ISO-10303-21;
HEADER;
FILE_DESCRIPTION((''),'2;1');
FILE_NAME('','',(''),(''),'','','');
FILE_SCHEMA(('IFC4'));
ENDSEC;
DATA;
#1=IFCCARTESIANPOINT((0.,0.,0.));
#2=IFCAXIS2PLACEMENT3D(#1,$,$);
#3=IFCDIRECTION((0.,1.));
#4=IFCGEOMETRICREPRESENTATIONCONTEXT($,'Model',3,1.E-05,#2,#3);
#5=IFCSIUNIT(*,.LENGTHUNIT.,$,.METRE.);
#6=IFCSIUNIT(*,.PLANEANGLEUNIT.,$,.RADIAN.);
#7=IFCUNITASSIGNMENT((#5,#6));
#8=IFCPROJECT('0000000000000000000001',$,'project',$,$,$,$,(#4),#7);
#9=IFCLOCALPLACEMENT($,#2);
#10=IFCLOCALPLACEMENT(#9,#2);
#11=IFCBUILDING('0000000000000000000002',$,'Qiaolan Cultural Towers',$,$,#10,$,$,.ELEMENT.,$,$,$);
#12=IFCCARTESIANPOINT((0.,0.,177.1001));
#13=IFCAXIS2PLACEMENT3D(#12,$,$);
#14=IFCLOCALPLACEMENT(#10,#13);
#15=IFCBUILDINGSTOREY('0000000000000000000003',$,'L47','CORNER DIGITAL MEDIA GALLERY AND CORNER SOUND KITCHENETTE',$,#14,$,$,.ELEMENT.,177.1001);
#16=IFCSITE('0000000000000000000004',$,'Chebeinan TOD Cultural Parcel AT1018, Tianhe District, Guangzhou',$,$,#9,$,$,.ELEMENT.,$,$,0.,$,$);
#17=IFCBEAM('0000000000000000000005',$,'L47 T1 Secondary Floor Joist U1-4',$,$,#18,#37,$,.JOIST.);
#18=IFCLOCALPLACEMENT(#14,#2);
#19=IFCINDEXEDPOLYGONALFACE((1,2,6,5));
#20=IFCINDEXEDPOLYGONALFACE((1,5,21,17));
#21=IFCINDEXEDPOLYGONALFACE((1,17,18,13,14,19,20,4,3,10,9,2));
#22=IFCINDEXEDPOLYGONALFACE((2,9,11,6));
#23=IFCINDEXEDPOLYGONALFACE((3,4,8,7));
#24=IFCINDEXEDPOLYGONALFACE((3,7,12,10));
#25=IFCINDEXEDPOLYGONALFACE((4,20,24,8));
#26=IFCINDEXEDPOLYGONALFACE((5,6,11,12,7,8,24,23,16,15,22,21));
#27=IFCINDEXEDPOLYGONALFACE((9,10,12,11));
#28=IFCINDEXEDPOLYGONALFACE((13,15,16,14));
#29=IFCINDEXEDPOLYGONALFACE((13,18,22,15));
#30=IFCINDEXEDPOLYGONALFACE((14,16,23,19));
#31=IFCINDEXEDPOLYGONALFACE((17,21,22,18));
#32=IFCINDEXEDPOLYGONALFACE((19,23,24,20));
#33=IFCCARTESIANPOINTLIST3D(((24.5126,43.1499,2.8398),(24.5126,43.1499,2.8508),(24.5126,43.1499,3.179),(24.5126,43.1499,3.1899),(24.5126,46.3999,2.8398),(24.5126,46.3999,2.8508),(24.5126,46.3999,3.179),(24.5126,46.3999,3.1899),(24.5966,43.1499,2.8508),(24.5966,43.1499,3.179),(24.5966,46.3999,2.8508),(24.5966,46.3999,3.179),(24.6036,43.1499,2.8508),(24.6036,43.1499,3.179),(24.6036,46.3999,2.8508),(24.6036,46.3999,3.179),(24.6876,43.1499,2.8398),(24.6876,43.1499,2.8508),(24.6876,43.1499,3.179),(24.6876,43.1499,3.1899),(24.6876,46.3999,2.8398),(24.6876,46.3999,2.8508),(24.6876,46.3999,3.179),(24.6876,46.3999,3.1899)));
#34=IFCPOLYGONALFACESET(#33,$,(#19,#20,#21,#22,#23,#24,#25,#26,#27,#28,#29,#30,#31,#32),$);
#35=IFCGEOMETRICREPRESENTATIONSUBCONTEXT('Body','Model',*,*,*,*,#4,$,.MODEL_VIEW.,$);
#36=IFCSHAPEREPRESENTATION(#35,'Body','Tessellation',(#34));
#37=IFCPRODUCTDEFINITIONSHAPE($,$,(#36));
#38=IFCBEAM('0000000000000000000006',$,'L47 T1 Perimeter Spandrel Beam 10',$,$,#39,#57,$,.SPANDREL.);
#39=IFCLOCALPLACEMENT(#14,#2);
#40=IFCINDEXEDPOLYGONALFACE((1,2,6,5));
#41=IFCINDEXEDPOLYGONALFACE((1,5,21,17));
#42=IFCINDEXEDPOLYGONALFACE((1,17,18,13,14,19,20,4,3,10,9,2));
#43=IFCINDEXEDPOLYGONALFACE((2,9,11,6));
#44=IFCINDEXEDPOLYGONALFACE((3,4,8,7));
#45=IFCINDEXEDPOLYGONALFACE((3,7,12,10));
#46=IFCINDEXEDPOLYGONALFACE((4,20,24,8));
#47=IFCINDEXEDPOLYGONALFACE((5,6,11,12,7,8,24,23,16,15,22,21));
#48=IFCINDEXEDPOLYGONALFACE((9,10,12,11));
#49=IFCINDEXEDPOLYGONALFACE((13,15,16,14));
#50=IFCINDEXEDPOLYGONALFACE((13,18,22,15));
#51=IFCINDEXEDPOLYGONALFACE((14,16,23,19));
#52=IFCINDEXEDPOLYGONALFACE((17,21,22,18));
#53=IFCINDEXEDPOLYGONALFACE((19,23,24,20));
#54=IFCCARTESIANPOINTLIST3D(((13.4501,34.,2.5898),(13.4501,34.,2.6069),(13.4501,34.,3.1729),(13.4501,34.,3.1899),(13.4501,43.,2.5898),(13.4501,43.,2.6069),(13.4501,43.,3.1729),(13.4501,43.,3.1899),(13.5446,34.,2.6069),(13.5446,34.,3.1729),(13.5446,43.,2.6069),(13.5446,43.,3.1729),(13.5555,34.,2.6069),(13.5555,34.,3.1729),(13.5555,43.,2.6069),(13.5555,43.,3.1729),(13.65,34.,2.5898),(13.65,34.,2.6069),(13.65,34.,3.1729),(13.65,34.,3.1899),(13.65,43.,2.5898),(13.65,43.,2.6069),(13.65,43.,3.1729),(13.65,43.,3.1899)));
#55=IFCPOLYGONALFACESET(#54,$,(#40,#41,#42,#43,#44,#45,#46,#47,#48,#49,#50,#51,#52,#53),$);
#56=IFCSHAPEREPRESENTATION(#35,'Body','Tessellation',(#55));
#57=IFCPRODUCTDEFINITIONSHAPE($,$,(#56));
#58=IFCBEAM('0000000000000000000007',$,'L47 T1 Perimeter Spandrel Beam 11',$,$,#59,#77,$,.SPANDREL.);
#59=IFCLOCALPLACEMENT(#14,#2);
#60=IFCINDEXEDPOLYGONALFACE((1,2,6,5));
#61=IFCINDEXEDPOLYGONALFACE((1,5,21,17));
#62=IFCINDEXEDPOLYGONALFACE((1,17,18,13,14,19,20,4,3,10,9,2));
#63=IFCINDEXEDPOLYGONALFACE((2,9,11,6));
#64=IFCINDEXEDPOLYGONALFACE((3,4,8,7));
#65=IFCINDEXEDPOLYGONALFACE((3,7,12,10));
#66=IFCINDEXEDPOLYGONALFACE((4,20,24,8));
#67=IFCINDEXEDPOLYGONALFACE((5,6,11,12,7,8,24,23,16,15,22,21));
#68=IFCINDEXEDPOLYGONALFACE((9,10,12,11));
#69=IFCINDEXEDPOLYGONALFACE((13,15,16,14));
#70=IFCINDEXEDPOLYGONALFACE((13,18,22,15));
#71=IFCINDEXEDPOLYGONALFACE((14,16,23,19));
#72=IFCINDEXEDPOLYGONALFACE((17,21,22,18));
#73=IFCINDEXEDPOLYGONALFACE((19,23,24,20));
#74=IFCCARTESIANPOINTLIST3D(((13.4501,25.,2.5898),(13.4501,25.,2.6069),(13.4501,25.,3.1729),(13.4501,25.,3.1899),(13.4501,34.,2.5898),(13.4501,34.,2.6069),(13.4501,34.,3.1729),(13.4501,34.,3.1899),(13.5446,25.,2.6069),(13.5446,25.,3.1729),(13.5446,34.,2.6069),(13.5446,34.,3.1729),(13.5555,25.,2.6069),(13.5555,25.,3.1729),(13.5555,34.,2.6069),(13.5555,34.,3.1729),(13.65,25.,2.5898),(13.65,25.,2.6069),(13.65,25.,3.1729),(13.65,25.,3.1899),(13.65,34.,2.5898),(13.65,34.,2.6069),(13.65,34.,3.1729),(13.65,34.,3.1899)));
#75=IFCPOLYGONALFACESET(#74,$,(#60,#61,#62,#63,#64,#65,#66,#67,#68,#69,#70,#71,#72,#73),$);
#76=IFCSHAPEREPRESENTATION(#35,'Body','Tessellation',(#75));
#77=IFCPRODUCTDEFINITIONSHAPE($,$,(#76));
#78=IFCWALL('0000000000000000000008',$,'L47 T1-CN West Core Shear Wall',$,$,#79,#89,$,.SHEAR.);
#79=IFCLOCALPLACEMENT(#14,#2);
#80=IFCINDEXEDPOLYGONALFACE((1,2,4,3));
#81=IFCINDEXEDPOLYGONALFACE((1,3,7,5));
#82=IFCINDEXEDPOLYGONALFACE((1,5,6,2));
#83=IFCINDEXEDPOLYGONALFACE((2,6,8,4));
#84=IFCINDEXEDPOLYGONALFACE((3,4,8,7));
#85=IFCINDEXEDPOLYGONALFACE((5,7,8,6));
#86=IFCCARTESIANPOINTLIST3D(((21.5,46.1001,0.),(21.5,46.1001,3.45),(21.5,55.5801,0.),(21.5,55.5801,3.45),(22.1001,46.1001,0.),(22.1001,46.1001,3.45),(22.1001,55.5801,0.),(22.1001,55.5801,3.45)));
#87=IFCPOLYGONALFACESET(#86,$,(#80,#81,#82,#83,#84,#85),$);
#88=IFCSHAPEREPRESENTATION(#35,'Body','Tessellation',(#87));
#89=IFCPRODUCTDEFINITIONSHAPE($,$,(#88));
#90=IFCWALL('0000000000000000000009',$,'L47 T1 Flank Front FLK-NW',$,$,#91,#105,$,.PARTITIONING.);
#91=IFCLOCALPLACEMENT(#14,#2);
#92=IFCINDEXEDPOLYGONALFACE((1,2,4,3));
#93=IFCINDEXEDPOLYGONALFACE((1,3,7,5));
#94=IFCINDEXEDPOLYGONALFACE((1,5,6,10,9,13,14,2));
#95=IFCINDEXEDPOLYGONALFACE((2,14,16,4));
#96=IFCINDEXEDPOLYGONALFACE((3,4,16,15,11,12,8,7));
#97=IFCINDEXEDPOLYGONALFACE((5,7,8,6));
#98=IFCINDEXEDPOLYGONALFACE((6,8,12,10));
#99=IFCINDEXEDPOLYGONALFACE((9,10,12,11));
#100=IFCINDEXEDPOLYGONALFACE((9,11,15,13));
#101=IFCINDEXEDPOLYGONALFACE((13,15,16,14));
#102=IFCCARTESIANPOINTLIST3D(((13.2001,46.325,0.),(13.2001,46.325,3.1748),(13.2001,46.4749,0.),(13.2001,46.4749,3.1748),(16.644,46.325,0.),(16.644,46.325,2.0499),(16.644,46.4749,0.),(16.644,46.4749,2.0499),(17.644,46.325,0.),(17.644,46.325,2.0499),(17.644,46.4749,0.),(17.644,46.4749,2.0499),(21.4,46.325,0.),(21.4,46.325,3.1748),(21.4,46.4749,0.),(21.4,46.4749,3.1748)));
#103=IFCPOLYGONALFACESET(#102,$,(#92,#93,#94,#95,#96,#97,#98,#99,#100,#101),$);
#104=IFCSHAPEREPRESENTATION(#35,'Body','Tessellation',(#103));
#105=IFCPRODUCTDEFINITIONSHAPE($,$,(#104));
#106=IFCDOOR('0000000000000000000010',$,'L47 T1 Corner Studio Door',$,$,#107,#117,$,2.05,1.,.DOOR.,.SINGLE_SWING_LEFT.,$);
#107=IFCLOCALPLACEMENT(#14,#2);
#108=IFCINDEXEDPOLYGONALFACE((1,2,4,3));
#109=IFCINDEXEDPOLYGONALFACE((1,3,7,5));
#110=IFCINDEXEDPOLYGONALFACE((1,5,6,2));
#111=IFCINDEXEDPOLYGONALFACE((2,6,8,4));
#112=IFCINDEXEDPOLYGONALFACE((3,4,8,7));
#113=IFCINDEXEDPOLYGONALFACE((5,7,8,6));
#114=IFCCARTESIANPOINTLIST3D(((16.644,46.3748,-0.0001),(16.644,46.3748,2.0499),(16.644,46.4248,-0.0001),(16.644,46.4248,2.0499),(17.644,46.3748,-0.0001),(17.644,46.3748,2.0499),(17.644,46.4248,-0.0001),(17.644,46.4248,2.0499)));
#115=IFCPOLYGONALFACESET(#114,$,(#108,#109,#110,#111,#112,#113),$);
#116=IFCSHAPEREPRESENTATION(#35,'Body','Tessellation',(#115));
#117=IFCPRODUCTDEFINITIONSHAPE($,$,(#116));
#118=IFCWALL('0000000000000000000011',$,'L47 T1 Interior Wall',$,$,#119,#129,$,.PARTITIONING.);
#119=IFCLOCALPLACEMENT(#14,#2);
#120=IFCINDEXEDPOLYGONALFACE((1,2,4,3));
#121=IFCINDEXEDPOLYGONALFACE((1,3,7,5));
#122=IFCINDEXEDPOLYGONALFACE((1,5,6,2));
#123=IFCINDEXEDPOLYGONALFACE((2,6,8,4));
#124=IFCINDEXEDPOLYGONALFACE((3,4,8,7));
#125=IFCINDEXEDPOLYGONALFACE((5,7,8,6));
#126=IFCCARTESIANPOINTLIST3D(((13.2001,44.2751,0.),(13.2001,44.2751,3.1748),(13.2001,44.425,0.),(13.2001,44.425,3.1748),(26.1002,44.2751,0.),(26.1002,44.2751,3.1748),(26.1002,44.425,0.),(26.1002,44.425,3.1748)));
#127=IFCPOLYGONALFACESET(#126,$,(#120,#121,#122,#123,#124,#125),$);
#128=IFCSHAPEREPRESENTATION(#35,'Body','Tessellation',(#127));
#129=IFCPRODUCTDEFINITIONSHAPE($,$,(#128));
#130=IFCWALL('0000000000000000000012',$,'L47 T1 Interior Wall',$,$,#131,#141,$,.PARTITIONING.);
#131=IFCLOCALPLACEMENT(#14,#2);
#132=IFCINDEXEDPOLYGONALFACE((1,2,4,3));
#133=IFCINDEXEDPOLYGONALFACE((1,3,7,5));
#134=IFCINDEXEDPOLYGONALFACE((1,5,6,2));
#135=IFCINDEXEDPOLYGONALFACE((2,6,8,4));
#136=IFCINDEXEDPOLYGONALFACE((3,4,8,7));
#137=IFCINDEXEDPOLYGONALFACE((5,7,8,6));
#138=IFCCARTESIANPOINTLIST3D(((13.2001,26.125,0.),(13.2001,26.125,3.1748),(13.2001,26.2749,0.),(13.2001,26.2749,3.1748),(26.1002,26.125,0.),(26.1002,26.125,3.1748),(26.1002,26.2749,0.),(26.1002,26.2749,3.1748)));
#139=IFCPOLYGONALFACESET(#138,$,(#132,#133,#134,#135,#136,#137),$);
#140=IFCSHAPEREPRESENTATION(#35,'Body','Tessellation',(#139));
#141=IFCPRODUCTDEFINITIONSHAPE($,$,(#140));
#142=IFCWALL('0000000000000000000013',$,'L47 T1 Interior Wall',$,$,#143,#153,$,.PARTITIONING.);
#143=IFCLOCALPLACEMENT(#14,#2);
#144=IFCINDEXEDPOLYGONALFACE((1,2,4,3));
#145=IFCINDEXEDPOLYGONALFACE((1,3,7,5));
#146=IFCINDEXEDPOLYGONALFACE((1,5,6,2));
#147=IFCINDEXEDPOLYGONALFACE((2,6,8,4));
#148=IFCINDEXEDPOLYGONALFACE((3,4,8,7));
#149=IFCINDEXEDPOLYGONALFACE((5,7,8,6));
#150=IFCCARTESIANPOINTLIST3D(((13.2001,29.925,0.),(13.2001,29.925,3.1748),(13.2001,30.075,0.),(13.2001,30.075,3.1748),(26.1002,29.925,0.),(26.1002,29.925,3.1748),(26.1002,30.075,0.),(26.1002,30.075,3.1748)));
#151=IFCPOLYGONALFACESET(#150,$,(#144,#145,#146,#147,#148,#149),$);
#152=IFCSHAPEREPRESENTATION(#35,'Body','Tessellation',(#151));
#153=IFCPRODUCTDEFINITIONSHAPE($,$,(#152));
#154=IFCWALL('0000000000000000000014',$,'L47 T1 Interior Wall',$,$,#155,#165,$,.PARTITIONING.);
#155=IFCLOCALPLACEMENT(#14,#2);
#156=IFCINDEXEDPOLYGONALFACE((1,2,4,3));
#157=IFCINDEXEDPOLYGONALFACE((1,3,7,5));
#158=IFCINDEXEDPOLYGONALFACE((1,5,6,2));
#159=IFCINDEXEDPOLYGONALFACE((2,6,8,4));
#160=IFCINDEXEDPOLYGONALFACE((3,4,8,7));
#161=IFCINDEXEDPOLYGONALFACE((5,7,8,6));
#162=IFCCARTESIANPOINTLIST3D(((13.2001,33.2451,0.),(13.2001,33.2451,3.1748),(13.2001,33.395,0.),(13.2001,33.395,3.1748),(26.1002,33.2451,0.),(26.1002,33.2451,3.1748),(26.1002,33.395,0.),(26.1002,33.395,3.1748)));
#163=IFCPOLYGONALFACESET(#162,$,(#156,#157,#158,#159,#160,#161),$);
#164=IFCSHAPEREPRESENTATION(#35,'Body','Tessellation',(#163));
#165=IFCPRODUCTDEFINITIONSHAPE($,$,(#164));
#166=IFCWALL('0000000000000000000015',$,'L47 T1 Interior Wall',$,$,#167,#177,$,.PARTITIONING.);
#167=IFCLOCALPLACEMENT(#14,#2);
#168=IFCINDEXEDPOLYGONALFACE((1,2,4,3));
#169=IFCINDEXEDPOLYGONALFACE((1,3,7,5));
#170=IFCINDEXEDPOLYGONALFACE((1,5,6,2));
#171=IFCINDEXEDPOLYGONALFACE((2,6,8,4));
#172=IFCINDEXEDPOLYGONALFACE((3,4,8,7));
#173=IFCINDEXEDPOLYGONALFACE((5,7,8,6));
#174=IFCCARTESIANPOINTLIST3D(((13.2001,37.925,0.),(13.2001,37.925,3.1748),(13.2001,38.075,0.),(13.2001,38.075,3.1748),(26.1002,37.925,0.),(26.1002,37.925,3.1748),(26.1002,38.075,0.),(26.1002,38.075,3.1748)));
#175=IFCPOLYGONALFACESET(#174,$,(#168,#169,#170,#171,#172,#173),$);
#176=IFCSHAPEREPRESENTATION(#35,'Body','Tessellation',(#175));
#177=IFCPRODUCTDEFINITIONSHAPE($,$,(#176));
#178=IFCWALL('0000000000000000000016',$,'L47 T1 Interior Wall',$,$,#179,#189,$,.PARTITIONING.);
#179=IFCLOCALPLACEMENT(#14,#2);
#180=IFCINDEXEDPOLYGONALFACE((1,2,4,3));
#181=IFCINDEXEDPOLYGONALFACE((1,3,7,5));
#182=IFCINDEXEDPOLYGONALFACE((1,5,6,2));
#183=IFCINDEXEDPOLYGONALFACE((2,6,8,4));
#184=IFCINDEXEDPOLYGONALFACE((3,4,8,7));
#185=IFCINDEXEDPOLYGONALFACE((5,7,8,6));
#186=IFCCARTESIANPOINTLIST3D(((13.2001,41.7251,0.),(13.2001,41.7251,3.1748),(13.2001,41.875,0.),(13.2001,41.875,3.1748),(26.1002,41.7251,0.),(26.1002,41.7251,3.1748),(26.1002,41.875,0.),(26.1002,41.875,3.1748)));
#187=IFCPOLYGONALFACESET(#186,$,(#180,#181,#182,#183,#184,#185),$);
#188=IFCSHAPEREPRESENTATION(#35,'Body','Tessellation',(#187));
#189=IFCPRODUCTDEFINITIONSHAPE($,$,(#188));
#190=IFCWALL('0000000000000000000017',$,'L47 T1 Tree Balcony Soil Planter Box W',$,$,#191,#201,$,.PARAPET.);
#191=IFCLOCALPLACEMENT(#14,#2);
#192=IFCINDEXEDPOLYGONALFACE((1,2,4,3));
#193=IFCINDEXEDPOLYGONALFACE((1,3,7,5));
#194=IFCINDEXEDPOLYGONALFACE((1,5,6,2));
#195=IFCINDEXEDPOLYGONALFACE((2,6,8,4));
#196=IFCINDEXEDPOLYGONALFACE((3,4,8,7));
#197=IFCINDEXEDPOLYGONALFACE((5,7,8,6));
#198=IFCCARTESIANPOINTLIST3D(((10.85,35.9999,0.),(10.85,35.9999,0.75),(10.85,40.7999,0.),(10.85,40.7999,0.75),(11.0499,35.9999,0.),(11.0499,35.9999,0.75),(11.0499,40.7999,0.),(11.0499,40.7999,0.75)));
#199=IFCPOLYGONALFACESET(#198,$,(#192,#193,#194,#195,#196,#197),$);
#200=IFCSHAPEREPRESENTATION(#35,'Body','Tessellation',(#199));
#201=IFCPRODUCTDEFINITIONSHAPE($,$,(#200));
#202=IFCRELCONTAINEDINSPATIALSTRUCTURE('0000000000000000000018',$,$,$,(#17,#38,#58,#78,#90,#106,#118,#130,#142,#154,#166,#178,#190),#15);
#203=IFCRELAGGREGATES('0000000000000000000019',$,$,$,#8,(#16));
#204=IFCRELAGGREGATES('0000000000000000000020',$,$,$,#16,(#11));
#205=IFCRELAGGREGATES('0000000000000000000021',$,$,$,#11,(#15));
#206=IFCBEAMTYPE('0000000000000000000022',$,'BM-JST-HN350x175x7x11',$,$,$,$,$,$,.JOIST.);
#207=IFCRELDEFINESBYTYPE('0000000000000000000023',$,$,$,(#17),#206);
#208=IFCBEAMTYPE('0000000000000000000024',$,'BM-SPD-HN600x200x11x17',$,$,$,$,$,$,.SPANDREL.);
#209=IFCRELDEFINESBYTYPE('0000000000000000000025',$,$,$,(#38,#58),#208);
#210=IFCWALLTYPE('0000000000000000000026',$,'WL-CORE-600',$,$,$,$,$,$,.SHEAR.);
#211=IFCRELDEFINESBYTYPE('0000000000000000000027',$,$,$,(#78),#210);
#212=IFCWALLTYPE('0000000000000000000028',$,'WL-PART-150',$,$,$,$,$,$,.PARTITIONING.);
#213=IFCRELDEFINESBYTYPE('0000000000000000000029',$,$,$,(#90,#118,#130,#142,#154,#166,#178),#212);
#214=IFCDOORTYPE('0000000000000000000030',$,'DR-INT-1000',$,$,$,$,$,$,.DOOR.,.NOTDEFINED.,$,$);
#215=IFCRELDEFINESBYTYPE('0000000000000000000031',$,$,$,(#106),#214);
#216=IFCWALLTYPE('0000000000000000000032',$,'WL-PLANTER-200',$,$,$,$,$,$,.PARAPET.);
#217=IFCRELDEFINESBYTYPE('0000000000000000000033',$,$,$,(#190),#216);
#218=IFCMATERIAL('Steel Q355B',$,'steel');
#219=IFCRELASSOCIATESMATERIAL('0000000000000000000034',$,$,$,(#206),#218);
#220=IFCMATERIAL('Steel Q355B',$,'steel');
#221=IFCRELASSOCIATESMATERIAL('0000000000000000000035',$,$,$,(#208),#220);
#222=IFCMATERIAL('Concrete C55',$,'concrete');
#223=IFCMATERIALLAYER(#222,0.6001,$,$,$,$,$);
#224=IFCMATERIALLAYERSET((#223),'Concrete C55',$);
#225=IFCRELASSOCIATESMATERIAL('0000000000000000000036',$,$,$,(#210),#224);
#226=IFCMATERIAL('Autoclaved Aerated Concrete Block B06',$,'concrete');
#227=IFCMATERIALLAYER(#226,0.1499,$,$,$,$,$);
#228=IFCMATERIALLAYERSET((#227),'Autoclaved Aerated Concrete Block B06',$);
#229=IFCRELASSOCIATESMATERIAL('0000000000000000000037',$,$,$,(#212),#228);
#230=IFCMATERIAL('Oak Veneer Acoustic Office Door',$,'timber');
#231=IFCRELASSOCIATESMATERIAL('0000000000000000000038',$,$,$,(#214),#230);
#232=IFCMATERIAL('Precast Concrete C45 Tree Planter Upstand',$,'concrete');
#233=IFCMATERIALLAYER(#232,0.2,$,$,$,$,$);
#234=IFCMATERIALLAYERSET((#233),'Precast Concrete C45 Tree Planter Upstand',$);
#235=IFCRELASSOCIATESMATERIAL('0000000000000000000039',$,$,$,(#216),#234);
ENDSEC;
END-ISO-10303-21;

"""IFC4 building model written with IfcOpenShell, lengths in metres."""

from ifc_helpers import new_model, si_unit, direction, frame, frame_2d, origin, origin_2d, place, context, subcontext, project, spatial, rectangle, i_section, extrude, material, layer, layer_set, material_profile, profile_set, type_object, element, fill, save


model = new_model("IFC4")

# Units and contexts
model_context = context("Model", 3, precision=1e-05, world=origin(), true_north=direction((0.0, 1.0)))
body_context = subcontext(model_context, "Body", "Model", "MODEL_VIEW")
ifc_project = project(units=[si_unit("LENGTHUNIT", "METRE"), si_unit("PLANEANGLEUNIT", "RADIAN")], contexts=[model_context])

# Site, building, storey
site_placement = place(None, origin())
site = spatial("IfcSite", under=ifc_project, at=site_placement, Name="Chebeinan TOD Cultural Parcel AT1018, Tianhe District, Guangzhou", CompositionType="ELEMENT", RefElevation=0.0)
building_placement = place(site_placement, origin())
building = spatial("IfcBuilding", under=site, at=building_placement, Name="Qiaolan Cultural Towers", CompositionType="ELEMENT")
storey_placement = place(building_placement, frame((0.0, 0.0, 177.1001)))
storey = spatial("IfcBuildingStorey", under=building, at=storey_placement, Name="L47", Description="CORNER DIGITAL MEDIA GALLERY AND CORNER SOUND KITCHENETTE", CompositionType="ELEMENT", Elevation=177.1001)

# Beams
ifc_material_1 = material(Name="Steel Q355B", Category="steel")
ifc_material_profile_1 = material_profile(ifc_material_1, i_section(OverallWidth=0.175, OverallDepth=0.3501, WebThickness=0.0071, FlangeThickness=0.011, at=origin_2d()), Name="HN350x175x7x11")
ifc_profile_set_1 = profile_set([ifc_material_profile_1], Name="Steel Q355B")
beam_type_1 = type_object("IfcBeamType", Name="BM-JST-HN350x175x7x11", PredefinedType="JOIST", material=ifc_profile_set_1)
beam_1_placement = place(storey_placement, frame((24.6001, 43.1499, 3.0149), z_axis=(0.0, 1.0, 0.0), x_axis=(-1.0, 0.0, 0.0)))
element("IfcBeam", 1, at=beam_1_placement, inside=storey, type_object=beam_type_1, Name="L47 T1 Secondary Floor Joist U1-4", PredefinedType="JOIST", context=body_context, shape_type="SweptSolid", body=[
    extrude(i_section(OverallWidth=0.175, OverallDepth=0.3501, WebThickness=0.0071, FlangeThickness=0.011, at=origin_2d()), origin(), (0.0, 0.0, 1.0), 3.25),
])
ifc_material_2 = material(Name="Steel Q355B", Category="steel")
ifc_material_profile_2 = material_profile(ifc_material_2, i_section(OverallWidth=0.2, OverallDepth=0.6001, WebThickness=0.011, FlangeThickness=0.0171, at=origin_2d()), Name="HN600x200x11x17")
ifc_profile_set_2 = profile_set([ifc_material_profile_2], Name="Steel Q355B")
beam_type_2 = type_object("IfcBeamType", Name="BM-SPD-HN600x200x11x17", PredefinedType="SPANDREL", material=ifc_profile_set_2)
for number, where, z_axis, x_axis, name in (
    (2, (13.55, 43.0, 2.8899), (0.0, -1.0, 0.0), (1.0, 0.0, 0.0), "L47 T1 Perimeter Spandrel Beam 10"),
    (3, (13.55, 34.0, 2.8899), (0.0, -1.0, 0.0), (1.0, 0.0, 0.0), "L47 T1 Perimeter Spandrel Beam 11"),
):
    element("IfcBeam", number, at=place(storey_placement, frame(where, z_axis=z_axis, x_axis=x_axis)), inside=storey, type_object=beam_type_2, Name=name, PredefinedType="SPANDREL", context=body_context, shape_type="SweptSolid", body=[
        extrude(i_section(OverallWidth=0.2, OverallDepth=0.6001, WebThickness=0.011, FlangeThickness=0.0171, at=origin_2d()), origin(), (0.0, 0.0, 1.0), 9.0),
    ])

# Wall
ifc_material_3 = material(Name="Concrete C55", Category="concrete")
ifc_layer_1 = layer(ifc_material_3, 0.6001)
ifc_layer_set_1 = layer_set([ifc_layer_1], Name="Concrete C55")
wall_type_1 = type_object("IfcWallType", Name="WL-CORE-600", PredefinedType="SHEAR", material=ifc_layer_set_1)
wall_1_placement = place(storey_placement, frame((21.8, 46.1001, 0.0), z_axis=(0.0, 0.0, 1.0), x_axis=(0.0, 1.0, 0.0)))
element("IfcWall", 4, at=wall_1_placement, inside=storey, type_object=wall_type_1, Name="L47 T1-CN West Core Shear Wall", PredefinedType="SHEAR", context=body_context, shape_type="SweptSolid", body=[
    extrude(rectangle(XDim=9.48, YDim=0.6001, at=frame_2d((4.74, 0.0))), origin(), (0.0, 0.0, 1.0), 3.45),
])

# Wall, opening, door
ifc_material_4 = material(Name="Autoclaved Aerated Concrete Block B06", Category="concrete")
ifc_layer_2 = layer(ifc_material_4, 0.1499)
ifc_layer_set_2 = layer_set([ifc_layer_2], Name="Autoclaved Aerated Concrete Block B06")
wall_type_2 = type_object("IfcWallType", Name="WL-PART-150", PredefinedType="PARTITIONING", material=ifc_layer_set_2)
wall_2_placement = place(storey_placement, frame((13.2, 46.3999, 0.0), z_axis=(0.0, 0.0, 1.0), x_axis=(1.0, 0.0, 0.0)))
wall_2 = element("IfcWall", 5, at=wall_2_placement, inside=storey, type_object=wall_type_2, Name="L47 T1 Flank Front FLK-NW", PredefinedType="PARTITIONING", context=body_context, shape_type="SweptSolid", body=[
    extrude(rectangle(XDim=8.2, YDim=0.1499, at=frame_2d((4.1001, 0.0))), origin(), (0.0, 0.0, 1.0), 3.1748),
])
opening_placement = place(wall_2_placement, frame((3.4441, 0.0, 0.0)))
opening = element("IfcOpeningElement", 6, at=opening_placement, cuts=wall_2, PredefinedType="OPENING", context=body_context, shape_type="SweptSolid", body=[
    extrude(rectangle(XDim=1.0, YDim=2.05, at=frame_2d((0.5, 1.0249))), frame((0.0, 0.085, 0.0), z_axis=(0.0, -1.0, 0.0), x_axis=(1.0, 0.0, 0.0)), (0.0, 0.0, 1.0), 0.1699),
])
ifc_material_5 = material(Name="Oak Veneer Acoustic Office Door", Category="timber")
door_type = type_object("IfcDoorType", Name="DR-INT-1000", OperationType="NOTDEFINED", PredefinedType="DOOR", material=ifc_material_5)
door_placement = place(opening_placement, origin())
door = element("IfcDoor", 7, at=door_placement, inside=storey, type_object=door_type, Name="L47 T1 Corner Studio Door", OperationType="SINGLE_SWING_LEFT", OverallHeight=2.05, OverallWidth=1.0, PredefinedType="DOOR", context=body_context, shape_type="SweptSolid", body=[
    extrude(rectangle(XDim=1.0, YDim=2.05, at=frame_2d((0.5, 1.0249))), frame((0.0, 0.0249, 0.0), z_axis=(0.0, -1.0, 0.0), x_axis=(1.0, 0.0, 0.0)), (0.0, 0.0, 1.0), 0.05),
])
fill(opening, door)

# Walls
for number, where, z_axis, x_axis, name in (
    (8, (13.2, 44.3501, 0.0), (0.0, 0.0, 1.0), (1.0, 0.0, 0.0), "L47 T1 Interior Wall"),
    (9, (13.2, 26.2, 0.0), (0.0, 0.0, 1.0), (1.0, 0.0, 0.0), "L47 T1 Interior Wall"),
    (10, (13.2, 30.0, 0.0), (0.0, 0.0, 1.0), (1.0, 0.0, 0.0), "L47 T1 Interior Wall"),
    (11, (13.2, 33.3201, 0.0), (0.0, 0.0, 1.0), (1.0, 0.0, 0.0), "L47 T1 Interior Wall"),
    (12, (13.2, 38.0, 0.0), (0.0, 0.0, 1.0), (1.0, 0.0, 0.0), "L47 T1 Interior Wall"),
    (13, (13.2, 41.8, 0.0), (0.0, 0.0, 1.0), (1.0, 0.0, 0.0), "L47 T1 Interior Wall"),
):
    element("IfcWall", number, at=place(storey_placement, frame(where, z_axis=z_axis, x_axis=x_axis)), inside=storey, type_object=wall_type_2, Name=name, PredefinedType="PARTITIONING", context=body_context, shape_type="SweptSolid", body=[
        extrude(rectangle(XDim=12.9001, YDim=0.1499, at=frame_2d((6.4502, 0.0))), origin(), (0.0, 0.0, 1.0), 3.1748),
    ])
ifc_material_6 = material(Name="Precast Concrete C45 Tree Planter Upstand", Category="concrete")
ifc_layer_3 = layer(ifc_material_6, 0.2)
ifc_layer_set_3 = layer_set([ifc_layer_3], Name="Precast Concrete C45 Tree Planter Upstand")
wall_type_3 = type_object("IfcWallType", Name="WL-PLANTER-200", PredefinedType="PARAPET", material=ifc_layer_set_3)
wall_3_placement = place(storey_placement, frame((10.95, 36.0, 0.0), z_axis=(0.0, 0.0, 1.0), x_axis=(0.0, 1.0, 0.0)))
element("IfcWall", 14, at=wall_3_placement, inside=storey, type_object=wall_type_3, Name="L47 T1 Tree Balcony Soil Planter Box W", PredefinedType="PARAPET", context=body_context, shape_type="SweptSolid", body=[
    extrude(rectangle(XDim=4.8, YDim=0.2, at=frame_2d((2.3999, 0.0))), origin(), (0.0, 0.0, 1.0), 0.75),
])

save(model, "model.ifc")
